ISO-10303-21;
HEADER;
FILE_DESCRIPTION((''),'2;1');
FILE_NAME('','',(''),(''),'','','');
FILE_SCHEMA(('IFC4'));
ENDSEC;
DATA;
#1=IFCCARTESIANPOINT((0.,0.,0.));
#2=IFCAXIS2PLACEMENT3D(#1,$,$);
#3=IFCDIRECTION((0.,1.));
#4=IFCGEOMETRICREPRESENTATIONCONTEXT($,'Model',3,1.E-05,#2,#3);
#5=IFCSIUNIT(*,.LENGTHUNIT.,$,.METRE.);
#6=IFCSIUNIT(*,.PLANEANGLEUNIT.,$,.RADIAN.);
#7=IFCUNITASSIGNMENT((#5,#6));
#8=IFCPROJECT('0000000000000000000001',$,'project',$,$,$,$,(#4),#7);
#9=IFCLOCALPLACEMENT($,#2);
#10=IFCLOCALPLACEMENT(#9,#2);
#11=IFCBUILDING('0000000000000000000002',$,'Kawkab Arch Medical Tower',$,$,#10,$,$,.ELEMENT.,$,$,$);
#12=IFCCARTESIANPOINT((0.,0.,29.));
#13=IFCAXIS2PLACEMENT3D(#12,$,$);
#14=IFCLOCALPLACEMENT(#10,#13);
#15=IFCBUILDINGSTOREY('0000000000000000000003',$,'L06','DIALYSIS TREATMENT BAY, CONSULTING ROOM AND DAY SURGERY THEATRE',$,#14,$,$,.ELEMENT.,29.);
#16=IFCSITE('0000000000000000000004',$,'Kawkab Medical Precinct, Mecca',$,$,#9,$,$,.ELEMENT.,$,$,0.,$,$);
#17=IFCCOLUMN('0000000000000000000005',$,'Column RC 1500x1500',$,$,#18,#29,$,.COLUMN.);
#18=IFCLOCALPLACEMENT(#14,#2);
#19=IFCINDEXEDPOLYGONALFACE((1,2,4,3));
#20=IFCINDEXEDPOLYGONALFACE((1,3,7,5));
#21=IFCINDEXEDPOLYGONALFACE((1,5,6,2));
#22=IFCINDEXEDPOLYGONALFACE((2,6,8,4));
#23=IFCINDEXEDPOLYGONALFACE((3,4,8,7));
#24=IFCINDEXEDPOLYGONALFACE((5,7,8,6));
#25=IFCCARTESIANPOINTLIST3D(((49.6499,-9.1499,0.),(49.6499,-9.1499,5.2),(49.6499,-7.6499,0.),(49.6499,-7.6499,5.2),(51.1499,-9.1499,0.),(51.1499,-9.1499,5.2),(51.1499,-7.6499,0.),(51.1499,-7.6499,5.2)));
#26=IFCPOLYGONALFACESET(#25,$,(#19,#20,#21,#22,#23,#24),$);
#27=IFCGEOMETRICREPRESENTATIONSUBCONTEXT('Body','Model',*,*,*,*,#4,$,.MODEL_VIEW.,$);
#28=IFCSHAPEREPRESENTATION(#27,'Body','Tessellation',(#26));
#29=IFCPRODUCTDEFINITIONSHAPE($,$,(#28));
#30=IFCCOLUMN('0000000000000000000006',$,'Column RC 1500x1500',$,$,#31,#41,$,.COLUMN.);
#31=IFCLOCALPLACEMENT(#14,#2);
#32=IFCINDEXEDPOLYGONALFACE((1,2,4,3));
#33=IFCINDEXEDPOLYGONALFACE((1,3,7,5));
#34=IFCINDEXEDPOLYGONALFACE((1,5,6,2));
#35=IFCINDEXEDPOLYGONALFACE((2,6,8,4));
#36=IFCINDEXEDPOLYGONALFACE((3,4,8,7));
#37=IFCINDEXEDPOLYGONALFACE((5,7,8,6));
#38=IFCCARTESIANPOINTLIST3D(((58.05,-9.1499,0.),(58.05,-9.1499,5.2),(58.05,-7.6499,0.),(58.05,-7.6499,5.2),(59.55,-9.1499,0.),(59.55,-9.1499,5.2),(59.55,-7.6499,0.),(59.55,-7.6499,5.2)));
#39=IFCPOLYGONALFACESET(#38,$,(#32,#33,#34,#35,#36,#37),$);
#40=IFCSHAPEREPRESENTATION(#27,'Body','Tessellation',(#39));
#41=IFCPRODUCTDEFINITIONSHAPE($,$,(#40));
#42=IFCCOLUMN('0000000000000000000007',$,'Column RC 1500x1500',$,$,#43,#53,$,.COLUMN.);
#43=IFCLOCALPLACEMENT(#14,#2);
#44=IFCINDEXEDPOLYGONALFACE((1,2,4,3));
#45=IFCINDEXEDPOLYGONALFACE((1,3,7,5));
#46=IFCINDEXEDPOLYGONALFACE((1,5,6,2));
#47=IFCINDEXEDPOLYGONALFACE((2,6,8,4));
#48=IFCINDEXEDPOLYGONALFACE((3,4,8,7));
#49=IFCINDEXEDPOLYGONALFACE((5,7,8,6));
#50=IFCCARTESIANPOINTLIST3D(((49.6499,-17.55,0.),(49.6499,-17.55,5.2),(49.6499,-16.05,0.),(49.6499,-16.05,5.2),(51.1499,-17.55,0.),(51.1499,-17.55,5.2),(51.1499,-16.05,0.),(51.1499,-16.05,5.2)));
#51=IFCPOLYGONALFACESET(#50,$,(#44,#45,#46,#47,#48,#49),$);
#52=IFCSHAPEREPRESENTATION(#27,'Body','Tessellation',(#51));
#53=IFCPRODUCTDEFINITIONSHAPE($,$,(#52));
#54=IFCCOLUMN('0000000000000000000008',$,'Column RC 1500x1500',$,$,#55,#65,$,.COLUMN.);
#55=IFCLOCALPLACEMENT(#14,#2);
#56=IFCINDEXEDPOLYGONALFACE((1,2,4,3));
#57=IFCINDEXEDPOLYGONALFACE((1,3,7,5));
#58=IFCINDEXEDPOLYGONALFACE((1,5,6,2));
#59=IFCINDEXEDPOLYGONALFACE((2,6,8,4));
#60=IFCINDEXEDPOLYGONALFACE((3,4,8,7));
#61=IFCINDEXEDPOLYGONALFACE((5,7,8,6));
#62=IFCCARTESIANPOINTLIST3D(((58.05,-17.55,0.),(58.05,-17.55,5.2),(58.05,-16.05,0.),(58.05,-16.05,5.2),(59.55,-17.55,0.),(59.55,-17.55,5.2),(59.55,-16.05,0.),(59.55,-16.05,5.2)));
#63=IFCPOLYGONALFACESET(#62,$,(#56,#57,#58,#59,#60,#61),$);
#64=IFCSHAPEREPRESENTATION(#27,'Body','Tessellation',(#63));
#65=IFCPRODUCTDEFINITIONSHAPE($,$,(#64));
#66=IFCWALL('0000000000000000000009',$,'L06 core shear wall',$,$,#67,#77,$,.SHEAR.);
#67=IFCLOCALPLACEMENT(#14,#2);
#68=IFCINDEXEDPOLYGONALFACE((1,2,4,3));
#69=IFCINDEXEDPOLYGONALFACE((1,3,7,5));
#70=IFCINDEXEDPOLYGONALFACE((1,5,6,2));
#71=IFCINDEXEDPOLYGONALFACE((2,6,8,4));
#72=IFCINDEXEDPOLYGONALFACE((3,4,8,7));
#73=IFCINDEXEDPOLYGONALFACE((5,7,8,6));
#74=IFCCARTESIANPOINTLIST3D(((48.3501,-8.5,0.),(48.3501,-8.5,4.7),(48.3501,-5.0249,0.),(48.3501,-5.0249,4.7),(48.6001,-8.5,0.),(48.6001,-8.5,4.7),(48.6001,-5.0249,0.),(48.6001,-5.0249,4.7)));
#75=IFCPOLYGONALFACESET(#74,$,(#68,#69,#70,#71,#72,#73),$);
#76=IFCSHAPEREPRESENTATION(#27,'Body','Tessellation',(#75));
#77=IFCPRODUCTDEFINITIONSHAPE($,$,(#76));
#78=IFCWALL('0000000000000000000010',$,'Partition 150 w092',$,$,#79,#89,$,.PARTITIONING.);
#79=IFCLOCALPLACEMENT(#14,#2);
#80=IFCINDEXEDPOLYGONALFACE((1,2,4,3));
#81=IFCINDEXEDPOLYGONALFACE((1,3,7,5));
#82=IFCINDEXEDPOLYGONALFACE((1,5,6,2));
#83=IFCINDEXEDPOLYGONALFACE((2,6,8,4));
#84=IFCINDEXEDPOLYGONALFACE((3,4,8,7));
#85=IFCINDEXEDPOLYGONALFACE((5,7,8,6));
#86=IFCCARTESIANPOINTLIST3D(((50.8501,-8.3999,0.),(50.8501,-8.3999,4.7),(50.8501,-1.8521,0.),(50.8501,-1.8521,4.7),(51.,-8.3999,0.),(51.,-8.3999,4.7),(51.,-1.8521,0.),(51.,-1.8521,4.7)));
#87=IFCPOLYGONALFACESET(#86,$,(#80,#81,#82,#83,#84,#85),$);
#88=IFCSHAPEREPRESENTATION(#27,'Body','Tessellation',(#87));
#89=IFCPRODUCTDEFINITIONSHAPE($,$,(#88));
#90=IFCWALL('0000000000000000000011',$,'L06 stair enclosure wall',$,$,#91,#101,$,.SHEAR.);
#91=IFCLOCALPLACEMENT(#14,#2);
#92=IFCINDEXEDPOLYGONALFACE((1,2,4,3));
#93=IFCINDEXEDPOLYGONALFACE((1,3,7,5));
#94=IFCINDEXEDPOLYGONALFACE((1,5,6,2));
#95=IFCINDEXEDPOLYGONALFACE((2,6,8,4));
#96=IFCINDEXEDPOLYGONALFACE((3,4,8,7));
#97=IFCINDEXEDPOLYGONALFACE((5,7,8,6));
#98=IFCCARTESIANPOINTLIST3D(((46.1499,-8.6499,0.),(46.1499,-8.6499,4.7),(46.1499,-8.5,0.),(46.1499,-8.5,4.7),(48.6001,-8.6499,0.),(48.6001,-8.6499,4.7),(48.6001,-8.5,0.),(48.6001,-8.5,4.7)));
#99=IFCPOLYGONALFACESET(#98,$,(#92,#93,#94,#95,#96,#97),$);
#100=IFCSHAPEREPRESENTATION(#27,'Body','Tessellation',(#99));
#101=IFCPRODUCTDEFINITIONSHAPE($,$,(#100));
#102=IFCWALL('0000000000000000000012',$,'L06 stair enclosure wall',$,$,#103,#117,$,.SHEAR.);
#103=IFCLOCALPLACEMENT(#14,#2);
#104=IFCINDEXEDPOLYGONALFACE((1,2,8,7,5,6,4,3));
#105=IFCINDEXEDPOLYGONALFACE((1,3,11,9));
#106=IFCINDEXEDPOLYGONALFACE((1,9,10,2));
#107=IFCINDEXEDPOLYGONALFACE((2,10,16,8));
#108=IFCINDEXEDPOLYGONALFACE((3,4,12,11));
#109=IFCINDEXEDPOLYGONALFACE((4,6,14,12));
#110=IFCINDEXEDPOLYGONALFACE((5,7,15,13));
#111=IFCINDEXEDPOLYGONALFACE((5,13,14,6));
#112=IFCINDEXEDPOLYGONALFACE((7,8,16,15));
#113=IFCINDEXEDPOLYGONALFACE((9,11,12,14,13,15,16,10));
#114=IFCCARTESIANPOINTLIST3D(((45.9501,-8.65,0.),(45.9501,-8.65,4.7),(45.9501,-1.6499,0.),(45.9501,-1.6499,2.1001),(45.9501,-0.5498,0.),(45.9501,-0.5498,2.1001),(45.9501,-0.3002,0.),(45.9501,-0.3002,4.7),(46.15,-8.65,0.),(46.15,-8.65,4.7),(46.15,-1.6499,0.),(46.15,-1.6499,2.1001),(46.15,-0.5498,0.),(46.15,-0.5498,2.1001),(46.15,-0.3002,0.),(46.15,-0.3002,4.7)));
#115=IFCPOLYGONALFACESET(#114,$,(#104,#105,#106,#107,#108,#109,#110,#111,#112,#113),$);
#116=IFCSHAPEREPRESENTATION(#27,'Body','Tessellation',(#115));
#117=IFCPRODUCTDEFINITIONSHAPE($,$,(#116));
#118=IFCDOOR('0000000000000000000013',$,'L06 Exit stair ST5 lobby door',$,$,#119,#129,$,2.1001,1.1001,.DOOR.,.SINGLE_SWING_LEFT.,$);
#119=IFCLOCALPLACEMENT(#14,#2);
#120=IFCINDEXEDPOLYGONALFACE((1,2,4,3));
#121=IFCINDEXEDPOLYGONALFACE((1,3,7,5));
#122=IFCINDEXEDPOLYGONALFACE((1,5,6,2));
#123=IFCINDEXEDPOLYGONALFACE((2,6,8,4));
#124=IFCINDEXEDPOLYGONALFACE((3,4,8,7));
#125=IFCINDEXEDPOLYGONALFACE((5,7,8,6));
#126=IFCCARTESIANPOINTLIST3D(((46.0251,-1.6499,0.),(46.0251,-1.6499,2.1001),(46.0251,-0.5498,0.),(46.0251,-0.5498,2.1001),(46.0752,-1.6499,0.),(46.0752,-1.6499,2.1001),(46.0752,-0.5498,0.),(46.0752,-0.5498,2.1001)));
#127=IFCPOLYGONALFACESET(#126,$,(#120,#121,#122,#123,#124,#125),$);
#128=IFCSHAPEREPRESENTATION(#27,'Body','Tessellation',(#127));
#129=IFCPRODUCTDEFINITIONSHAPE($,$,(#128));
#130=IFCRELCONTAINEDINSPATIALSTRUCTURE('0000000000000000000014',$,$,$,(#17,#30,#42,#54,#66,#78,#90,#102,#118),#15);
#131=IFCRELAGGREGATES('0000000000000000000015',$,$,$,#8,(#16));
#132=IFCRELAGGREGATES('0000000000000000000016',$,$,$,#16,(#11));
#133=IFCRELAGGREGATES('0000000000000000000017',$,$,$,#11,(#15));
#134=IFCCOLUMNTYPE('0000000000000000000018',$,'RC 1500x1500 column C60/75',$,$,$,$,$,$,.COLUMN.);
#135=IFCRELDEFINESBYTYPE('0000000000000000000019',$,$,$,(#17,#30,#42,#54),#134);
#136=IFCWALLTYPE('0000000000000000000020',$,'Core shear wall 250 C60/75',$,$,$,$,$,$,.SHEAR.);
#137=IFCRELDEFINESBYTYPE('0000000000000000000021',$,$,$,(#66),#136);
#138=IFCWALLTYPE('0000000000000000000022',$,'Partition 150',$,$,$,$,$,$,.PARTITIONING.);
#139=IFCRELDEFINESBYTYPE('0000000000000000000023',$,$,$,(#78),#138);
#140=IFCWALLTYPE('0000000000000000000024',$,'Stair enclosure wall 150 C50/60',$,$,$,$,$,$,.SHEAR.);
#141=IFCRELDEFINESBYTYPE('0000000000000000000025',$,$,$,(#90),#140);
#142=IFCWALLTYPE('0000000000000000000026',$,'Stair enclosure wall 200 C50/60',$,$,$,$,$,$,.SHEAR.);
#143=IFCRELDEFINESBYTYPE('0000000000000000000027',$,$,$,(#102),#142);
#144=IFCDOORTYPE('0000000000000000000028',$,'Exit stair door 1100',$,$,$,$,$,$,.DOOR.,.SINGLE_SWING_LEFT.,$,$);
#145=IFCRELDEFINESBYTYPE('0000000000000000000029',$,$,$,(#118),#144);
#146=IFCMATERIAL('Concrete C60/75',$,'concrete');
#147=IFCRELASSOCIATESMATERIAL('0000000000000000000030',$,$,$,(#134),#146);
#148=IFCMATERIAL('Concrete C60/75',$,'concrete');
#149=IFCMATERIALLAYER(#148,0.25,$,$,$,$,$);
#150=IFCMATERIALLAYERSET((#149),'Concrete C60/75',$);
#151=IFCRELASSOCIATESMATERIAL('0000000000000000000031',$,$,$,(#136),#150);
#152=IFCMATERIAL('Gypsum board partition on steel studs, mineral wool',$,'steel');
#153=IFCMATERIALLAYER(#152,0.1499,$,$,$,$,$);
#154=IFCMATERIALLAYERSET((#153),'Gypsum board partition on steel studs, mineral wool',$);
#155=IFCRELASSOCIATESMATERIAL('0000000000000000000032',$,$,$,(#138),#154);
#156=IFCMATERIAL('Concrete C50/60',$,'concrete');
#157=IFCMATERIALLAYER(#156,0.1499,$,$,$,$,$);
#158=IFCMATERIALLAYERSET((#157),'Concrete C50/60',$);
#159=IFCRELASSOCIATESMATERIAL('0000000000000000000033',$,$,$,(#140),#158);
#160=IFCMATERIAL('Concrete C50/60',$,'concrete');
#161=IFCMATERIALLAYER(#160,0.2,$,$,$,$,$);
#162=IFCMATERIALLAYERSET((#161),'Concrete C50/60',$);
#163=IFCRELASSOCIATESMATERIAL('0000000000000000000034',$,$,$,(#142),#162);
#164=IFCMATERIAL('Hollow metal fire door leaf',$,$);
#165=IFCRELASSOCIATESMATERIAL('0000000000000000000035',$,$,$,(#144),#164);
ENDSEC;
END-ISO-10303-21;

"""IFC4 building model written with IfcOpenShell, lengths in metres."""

from ifc_helpers import new_model, si_unit, direction, frame, frame_2d, origin, origin_2d, place, context, subcontext, project, spatial, rectangle, extrude, material, layer, layer_set, material_profile, profile_set, type_object, element, fill, save


model = new_model("IFC4")

# Units and contexts
model_context = context("Model", 3, precision=1e-05, world=origin(), true_north=direction((0.0, 1.0)))
body_context = subcontext(model_context, "Body", "Model", "MODEL_VIEW")
ifc_project = project(units=[si_unit("LENGTHUNIT", "METRE"), si_unit("PLANEANGLEUNIT", "RADIAN")], contexts=[model_context])

# Site, building, storey
site_placement = place(None, origin())
site = spatial("IfcSite", under=ifc_project, at=site_placement, Name="Kawkab Medical Precinct, Mecca", CompositionType="ELEMENT", RefElevation=0.0)
building_placement = place(site_placement, origin())
building = spatial("IfcBuilding", under=site, at=building_placement, Name="Kawkab Arch Medical Tower", CompositionType="ELEMENT")
storey_placement = place(building_placement, frame((0.0, 0.0, 29.0)))
storey = spatial("IfcBuildingStorey", under=building, at=storey_placement, Name="L06", Description="DIALYSIS TREATMENT BAY, CONSULTING ROOM AND DAY SURGERY THEATRE", CompositionType="ELEMENT", Elevation=29.0)

# Columns
ifc_material_1 = material(Name="Concrete C60/75", Category="concrete")
ifc_material_profile = material_profile(ifc_material_1, rectangle(XDim=1.5, YDim=1.5, at=origin_2d()), Name="RC 1500x1500")
ifc_profile_set = profile_set([ifc_material_profile], Name="Concrete C60/75")
column_type = type_object("IfcColumnType", Name="RC 1500x1500 column C60/75", PredefinedType="COLUMN", material=ifc_profile_set)
for number, where, z_axis, x_axis, name in (
    (1, (50.3999, -8.3999, 0.0), (0.0, 0.0, 1.0), (1.0, 0.0, 0.0), "Column RC 1500x1500"),
    (2, (58.8, -8.3999, 0.0), (0.0, 0.0, 1.0), (1.0, 0.0, 0.0), "Column RC 1500x1500"),
    (3, (50.3999, -16.8, 0.0), (0.0, 0.0, 1.0), (1.0, 0.0, 0.0), "Column RC 1500x1500"),
    (4, (58.8, -16.8, 0.0), (0.0, 0.0, 1.0), (1.0, 0.0, 0.0), "Column RC 1500x1500"),
):
    element("IfcColumn", number, at=place(storey_placement, frame(where, z_axis=z_axis, x_axis=x_axis)), inside=storey, type_object=column_type, Name=name, PredefinedType="COLUMN", context=body_context, shape_type="SweptSolid", body=[
        extrude(rectangle(XDim=1.5, YDim=1.5, at=origin_2d()), origin(), (0.0, 0.0, 1.0), 5.2),
    ])

# Wall
ifc_material_2 = material(Name="Concrete C60/75", Category="concrete")
ifc_layer_1 = layer(ifc_material_2, 0.25)
ifc_layer_set_1 = layer_set([ifc_layer_1], Name="Concrete C60/75")
wall_type_1 = type_object("IfcWallType", Name="Core shear wall 250 C60/75", PredefinedType="SHEAR", material=ifc_layer_set_1)
wall_1_placement = place(storey_placement, frame((48.4751, -8.5, 0.0), z_axis=(0.0, 0.0, 1.0), x_axis=(0.0, 1.0, 0.0)))
element("IfcWall", 5, at=wall_1_placement, inside=storey, type_object=wall_type_1, Name="L06 core shear wall", PredefinedType="SHEAR", context=body_context, shape_type="SweptSolid", body=[
    extrude(rectangle(XDim=3.4751, YDim=0.25, at=frame_2d((1.7375, 0.0))), origin(), (0.0, 0.0, 1.0), 4.7),
])

# Shared definitions
ifc_material_3 = material(Name="Gypsum board partition on steel studs, mineral wool", Category="steel")
ifc_layer_2 = layer(ifc_material_3, 0.1499)
ifc_layer_set_2 = layer_set([ifc_layer_2], Name="Gypsum board partition on steel studs, mineral wool")
wall_type_2 = type_object("IfcWallType", Name="Partition 150", PredefinedType="PARTITIONING", material=ifc_layer_set_2)

# Walls
wall_2_placement = place(storey_placement, frame((50.925, -8.3999, 0.0), z_axis=(0.0, 0.0, 1.0), x_axis=(0.0, 1.0, 0.0)))
element("IfcWall", 6, at=wall_2_placement, inside=storey, type_object=wall_type_2, Name="Partition 150 w092", PredefinedType="PARTITIONING", context=body_context, shape_type="SweptSolid", body=[
    extrude(rectangle(XDim=6.5479, YDim=0.1499, at=frame_2d((3.2739, 0.0))), origin(), (0.0, 0.0, 1.0), 4.7),
])
ifc_material_4 = material(Name="Concrete C50/60", Category="concrete")
ifc_layer_3 = layer(ifc_material_4, 0.1499)
ifc_layer_set_3 = layer_set([ifc_layer_3], Name="Concrete C50/60")
wall_type_3 = type_object("IfcWallType", Name="Stair enclosure wall 150 C50/60", PredefinedType="SHEAR", material=ifc_layer_set_3)
wall_3_placement = place(storey_placement, frame((46.1499, -8.575, 0.0), z_axis=(0.0, 0.0, 1.0), x_axis=(1.0, 0.0, 0.0)))
element("IfcWall", 7, at=wall_3_placement, inside=storey, type_object=wall_type_3, Name="L06 stair enclosure wall", PredefinedType="SHEAR", context=body_context, shape_type="SweptSolid", body=[
    extrude(rectangle(XDim=2.4502, YDim=0.1499, at=frame_2d((1.2251, 0.0))), origin(), (0.0, 0.0, 1.0), 4.7),
])

# Wall, opening, door
ifc_material_5 = material(Name="Concrete C50/60", Category="concrete")
ifc_layer_4 = layer(ifc_material_5, 0.2)
ifc_layer_set_4 = layer_set([ifc_layer_4], Name="Concrete C50/60")
wall_type_4 = type_object("IfcWallType", Name="Stair enclosure wall 200 C50/60", PredefinedType="SHEAR", material=ifc_layer_set_4)
wall_4_placement = place(storey_placement, frame((46.05, -8.6499, 0.0), z_axis=(0.0, 0.0, 1.0), x_axis=(0.0, 1.0, 0.0)))
wall_4 = element("IfcWall", 8, at=wall_4_placement, inside=storey, type_object=wall_type_4, Name="L06 stair enclosure wall", PredefinedType="SHEAR", context=body_context, shape_type="SweptSolid", body=[
    extrude(rectangle(XDim=8.3499, YDim=0.2, at=frame_2d((4.1748, 0.0))), origin(), (0.0, 0.0, 1.0), 4.7),
])
opening_1_placement = place(wall_4_placement, frame((7.0, 0.0, 0.0)))
opening_1 = element("IfcOpeningElement", 9, at=opening_1_placement, cuts=wall_4, PredefinedType="OPENING", context=body_context, shape_type="SweptSolid", body=[
    extrude(rectangle(XDim=1.1001, YDim=2.1001, at=frame_2d((0.55, 1.05))), frame((0.0, 0.1099, 0.0), z_axis=(0.0, -1.0, 0.0), x_axis=(1.0, 0.0, 0.0)), (0.0, 0.0, 1.0), 0.22),
])
ifc_material_6 = material(Name="Hollow metal fire door leaf")
door_type_1 = type_object("IfcDoorType", Name="Exit stair door 1100", OperationType="SINGLE_SWING_LEFT", PredefinedType="DOOR", material=ifc_material_6)
door_1_placement = place(opening_1_placement, origin())
door_1 = element("IfcDoor", 10, at=door_1_placement, inside=storey, type_object=door_type_1, Name="L06 Exit stair ST5 lobby door", OperationType="SINGLE_SWING_LEFT", OverallHeight=2.1001, OverallWidth=1.1001, PredefinedType="DOOR", context=body_context, shape_type="SweptSolid", body=[
    extrude(rectangle(XDim=1.1001, YDim=2.1001, at=frame_2d((0.55, 1.05))), frame((0.0, 0.0249, 0.0), z_axis=(0.0, -1.0, 0.0), x_axis=(1.0, 0.0, 0.0)), (0.0, 0.0, 1.0), 0.05),
])
fill(opening_1, door_1)

save(model, "model.ifc")
